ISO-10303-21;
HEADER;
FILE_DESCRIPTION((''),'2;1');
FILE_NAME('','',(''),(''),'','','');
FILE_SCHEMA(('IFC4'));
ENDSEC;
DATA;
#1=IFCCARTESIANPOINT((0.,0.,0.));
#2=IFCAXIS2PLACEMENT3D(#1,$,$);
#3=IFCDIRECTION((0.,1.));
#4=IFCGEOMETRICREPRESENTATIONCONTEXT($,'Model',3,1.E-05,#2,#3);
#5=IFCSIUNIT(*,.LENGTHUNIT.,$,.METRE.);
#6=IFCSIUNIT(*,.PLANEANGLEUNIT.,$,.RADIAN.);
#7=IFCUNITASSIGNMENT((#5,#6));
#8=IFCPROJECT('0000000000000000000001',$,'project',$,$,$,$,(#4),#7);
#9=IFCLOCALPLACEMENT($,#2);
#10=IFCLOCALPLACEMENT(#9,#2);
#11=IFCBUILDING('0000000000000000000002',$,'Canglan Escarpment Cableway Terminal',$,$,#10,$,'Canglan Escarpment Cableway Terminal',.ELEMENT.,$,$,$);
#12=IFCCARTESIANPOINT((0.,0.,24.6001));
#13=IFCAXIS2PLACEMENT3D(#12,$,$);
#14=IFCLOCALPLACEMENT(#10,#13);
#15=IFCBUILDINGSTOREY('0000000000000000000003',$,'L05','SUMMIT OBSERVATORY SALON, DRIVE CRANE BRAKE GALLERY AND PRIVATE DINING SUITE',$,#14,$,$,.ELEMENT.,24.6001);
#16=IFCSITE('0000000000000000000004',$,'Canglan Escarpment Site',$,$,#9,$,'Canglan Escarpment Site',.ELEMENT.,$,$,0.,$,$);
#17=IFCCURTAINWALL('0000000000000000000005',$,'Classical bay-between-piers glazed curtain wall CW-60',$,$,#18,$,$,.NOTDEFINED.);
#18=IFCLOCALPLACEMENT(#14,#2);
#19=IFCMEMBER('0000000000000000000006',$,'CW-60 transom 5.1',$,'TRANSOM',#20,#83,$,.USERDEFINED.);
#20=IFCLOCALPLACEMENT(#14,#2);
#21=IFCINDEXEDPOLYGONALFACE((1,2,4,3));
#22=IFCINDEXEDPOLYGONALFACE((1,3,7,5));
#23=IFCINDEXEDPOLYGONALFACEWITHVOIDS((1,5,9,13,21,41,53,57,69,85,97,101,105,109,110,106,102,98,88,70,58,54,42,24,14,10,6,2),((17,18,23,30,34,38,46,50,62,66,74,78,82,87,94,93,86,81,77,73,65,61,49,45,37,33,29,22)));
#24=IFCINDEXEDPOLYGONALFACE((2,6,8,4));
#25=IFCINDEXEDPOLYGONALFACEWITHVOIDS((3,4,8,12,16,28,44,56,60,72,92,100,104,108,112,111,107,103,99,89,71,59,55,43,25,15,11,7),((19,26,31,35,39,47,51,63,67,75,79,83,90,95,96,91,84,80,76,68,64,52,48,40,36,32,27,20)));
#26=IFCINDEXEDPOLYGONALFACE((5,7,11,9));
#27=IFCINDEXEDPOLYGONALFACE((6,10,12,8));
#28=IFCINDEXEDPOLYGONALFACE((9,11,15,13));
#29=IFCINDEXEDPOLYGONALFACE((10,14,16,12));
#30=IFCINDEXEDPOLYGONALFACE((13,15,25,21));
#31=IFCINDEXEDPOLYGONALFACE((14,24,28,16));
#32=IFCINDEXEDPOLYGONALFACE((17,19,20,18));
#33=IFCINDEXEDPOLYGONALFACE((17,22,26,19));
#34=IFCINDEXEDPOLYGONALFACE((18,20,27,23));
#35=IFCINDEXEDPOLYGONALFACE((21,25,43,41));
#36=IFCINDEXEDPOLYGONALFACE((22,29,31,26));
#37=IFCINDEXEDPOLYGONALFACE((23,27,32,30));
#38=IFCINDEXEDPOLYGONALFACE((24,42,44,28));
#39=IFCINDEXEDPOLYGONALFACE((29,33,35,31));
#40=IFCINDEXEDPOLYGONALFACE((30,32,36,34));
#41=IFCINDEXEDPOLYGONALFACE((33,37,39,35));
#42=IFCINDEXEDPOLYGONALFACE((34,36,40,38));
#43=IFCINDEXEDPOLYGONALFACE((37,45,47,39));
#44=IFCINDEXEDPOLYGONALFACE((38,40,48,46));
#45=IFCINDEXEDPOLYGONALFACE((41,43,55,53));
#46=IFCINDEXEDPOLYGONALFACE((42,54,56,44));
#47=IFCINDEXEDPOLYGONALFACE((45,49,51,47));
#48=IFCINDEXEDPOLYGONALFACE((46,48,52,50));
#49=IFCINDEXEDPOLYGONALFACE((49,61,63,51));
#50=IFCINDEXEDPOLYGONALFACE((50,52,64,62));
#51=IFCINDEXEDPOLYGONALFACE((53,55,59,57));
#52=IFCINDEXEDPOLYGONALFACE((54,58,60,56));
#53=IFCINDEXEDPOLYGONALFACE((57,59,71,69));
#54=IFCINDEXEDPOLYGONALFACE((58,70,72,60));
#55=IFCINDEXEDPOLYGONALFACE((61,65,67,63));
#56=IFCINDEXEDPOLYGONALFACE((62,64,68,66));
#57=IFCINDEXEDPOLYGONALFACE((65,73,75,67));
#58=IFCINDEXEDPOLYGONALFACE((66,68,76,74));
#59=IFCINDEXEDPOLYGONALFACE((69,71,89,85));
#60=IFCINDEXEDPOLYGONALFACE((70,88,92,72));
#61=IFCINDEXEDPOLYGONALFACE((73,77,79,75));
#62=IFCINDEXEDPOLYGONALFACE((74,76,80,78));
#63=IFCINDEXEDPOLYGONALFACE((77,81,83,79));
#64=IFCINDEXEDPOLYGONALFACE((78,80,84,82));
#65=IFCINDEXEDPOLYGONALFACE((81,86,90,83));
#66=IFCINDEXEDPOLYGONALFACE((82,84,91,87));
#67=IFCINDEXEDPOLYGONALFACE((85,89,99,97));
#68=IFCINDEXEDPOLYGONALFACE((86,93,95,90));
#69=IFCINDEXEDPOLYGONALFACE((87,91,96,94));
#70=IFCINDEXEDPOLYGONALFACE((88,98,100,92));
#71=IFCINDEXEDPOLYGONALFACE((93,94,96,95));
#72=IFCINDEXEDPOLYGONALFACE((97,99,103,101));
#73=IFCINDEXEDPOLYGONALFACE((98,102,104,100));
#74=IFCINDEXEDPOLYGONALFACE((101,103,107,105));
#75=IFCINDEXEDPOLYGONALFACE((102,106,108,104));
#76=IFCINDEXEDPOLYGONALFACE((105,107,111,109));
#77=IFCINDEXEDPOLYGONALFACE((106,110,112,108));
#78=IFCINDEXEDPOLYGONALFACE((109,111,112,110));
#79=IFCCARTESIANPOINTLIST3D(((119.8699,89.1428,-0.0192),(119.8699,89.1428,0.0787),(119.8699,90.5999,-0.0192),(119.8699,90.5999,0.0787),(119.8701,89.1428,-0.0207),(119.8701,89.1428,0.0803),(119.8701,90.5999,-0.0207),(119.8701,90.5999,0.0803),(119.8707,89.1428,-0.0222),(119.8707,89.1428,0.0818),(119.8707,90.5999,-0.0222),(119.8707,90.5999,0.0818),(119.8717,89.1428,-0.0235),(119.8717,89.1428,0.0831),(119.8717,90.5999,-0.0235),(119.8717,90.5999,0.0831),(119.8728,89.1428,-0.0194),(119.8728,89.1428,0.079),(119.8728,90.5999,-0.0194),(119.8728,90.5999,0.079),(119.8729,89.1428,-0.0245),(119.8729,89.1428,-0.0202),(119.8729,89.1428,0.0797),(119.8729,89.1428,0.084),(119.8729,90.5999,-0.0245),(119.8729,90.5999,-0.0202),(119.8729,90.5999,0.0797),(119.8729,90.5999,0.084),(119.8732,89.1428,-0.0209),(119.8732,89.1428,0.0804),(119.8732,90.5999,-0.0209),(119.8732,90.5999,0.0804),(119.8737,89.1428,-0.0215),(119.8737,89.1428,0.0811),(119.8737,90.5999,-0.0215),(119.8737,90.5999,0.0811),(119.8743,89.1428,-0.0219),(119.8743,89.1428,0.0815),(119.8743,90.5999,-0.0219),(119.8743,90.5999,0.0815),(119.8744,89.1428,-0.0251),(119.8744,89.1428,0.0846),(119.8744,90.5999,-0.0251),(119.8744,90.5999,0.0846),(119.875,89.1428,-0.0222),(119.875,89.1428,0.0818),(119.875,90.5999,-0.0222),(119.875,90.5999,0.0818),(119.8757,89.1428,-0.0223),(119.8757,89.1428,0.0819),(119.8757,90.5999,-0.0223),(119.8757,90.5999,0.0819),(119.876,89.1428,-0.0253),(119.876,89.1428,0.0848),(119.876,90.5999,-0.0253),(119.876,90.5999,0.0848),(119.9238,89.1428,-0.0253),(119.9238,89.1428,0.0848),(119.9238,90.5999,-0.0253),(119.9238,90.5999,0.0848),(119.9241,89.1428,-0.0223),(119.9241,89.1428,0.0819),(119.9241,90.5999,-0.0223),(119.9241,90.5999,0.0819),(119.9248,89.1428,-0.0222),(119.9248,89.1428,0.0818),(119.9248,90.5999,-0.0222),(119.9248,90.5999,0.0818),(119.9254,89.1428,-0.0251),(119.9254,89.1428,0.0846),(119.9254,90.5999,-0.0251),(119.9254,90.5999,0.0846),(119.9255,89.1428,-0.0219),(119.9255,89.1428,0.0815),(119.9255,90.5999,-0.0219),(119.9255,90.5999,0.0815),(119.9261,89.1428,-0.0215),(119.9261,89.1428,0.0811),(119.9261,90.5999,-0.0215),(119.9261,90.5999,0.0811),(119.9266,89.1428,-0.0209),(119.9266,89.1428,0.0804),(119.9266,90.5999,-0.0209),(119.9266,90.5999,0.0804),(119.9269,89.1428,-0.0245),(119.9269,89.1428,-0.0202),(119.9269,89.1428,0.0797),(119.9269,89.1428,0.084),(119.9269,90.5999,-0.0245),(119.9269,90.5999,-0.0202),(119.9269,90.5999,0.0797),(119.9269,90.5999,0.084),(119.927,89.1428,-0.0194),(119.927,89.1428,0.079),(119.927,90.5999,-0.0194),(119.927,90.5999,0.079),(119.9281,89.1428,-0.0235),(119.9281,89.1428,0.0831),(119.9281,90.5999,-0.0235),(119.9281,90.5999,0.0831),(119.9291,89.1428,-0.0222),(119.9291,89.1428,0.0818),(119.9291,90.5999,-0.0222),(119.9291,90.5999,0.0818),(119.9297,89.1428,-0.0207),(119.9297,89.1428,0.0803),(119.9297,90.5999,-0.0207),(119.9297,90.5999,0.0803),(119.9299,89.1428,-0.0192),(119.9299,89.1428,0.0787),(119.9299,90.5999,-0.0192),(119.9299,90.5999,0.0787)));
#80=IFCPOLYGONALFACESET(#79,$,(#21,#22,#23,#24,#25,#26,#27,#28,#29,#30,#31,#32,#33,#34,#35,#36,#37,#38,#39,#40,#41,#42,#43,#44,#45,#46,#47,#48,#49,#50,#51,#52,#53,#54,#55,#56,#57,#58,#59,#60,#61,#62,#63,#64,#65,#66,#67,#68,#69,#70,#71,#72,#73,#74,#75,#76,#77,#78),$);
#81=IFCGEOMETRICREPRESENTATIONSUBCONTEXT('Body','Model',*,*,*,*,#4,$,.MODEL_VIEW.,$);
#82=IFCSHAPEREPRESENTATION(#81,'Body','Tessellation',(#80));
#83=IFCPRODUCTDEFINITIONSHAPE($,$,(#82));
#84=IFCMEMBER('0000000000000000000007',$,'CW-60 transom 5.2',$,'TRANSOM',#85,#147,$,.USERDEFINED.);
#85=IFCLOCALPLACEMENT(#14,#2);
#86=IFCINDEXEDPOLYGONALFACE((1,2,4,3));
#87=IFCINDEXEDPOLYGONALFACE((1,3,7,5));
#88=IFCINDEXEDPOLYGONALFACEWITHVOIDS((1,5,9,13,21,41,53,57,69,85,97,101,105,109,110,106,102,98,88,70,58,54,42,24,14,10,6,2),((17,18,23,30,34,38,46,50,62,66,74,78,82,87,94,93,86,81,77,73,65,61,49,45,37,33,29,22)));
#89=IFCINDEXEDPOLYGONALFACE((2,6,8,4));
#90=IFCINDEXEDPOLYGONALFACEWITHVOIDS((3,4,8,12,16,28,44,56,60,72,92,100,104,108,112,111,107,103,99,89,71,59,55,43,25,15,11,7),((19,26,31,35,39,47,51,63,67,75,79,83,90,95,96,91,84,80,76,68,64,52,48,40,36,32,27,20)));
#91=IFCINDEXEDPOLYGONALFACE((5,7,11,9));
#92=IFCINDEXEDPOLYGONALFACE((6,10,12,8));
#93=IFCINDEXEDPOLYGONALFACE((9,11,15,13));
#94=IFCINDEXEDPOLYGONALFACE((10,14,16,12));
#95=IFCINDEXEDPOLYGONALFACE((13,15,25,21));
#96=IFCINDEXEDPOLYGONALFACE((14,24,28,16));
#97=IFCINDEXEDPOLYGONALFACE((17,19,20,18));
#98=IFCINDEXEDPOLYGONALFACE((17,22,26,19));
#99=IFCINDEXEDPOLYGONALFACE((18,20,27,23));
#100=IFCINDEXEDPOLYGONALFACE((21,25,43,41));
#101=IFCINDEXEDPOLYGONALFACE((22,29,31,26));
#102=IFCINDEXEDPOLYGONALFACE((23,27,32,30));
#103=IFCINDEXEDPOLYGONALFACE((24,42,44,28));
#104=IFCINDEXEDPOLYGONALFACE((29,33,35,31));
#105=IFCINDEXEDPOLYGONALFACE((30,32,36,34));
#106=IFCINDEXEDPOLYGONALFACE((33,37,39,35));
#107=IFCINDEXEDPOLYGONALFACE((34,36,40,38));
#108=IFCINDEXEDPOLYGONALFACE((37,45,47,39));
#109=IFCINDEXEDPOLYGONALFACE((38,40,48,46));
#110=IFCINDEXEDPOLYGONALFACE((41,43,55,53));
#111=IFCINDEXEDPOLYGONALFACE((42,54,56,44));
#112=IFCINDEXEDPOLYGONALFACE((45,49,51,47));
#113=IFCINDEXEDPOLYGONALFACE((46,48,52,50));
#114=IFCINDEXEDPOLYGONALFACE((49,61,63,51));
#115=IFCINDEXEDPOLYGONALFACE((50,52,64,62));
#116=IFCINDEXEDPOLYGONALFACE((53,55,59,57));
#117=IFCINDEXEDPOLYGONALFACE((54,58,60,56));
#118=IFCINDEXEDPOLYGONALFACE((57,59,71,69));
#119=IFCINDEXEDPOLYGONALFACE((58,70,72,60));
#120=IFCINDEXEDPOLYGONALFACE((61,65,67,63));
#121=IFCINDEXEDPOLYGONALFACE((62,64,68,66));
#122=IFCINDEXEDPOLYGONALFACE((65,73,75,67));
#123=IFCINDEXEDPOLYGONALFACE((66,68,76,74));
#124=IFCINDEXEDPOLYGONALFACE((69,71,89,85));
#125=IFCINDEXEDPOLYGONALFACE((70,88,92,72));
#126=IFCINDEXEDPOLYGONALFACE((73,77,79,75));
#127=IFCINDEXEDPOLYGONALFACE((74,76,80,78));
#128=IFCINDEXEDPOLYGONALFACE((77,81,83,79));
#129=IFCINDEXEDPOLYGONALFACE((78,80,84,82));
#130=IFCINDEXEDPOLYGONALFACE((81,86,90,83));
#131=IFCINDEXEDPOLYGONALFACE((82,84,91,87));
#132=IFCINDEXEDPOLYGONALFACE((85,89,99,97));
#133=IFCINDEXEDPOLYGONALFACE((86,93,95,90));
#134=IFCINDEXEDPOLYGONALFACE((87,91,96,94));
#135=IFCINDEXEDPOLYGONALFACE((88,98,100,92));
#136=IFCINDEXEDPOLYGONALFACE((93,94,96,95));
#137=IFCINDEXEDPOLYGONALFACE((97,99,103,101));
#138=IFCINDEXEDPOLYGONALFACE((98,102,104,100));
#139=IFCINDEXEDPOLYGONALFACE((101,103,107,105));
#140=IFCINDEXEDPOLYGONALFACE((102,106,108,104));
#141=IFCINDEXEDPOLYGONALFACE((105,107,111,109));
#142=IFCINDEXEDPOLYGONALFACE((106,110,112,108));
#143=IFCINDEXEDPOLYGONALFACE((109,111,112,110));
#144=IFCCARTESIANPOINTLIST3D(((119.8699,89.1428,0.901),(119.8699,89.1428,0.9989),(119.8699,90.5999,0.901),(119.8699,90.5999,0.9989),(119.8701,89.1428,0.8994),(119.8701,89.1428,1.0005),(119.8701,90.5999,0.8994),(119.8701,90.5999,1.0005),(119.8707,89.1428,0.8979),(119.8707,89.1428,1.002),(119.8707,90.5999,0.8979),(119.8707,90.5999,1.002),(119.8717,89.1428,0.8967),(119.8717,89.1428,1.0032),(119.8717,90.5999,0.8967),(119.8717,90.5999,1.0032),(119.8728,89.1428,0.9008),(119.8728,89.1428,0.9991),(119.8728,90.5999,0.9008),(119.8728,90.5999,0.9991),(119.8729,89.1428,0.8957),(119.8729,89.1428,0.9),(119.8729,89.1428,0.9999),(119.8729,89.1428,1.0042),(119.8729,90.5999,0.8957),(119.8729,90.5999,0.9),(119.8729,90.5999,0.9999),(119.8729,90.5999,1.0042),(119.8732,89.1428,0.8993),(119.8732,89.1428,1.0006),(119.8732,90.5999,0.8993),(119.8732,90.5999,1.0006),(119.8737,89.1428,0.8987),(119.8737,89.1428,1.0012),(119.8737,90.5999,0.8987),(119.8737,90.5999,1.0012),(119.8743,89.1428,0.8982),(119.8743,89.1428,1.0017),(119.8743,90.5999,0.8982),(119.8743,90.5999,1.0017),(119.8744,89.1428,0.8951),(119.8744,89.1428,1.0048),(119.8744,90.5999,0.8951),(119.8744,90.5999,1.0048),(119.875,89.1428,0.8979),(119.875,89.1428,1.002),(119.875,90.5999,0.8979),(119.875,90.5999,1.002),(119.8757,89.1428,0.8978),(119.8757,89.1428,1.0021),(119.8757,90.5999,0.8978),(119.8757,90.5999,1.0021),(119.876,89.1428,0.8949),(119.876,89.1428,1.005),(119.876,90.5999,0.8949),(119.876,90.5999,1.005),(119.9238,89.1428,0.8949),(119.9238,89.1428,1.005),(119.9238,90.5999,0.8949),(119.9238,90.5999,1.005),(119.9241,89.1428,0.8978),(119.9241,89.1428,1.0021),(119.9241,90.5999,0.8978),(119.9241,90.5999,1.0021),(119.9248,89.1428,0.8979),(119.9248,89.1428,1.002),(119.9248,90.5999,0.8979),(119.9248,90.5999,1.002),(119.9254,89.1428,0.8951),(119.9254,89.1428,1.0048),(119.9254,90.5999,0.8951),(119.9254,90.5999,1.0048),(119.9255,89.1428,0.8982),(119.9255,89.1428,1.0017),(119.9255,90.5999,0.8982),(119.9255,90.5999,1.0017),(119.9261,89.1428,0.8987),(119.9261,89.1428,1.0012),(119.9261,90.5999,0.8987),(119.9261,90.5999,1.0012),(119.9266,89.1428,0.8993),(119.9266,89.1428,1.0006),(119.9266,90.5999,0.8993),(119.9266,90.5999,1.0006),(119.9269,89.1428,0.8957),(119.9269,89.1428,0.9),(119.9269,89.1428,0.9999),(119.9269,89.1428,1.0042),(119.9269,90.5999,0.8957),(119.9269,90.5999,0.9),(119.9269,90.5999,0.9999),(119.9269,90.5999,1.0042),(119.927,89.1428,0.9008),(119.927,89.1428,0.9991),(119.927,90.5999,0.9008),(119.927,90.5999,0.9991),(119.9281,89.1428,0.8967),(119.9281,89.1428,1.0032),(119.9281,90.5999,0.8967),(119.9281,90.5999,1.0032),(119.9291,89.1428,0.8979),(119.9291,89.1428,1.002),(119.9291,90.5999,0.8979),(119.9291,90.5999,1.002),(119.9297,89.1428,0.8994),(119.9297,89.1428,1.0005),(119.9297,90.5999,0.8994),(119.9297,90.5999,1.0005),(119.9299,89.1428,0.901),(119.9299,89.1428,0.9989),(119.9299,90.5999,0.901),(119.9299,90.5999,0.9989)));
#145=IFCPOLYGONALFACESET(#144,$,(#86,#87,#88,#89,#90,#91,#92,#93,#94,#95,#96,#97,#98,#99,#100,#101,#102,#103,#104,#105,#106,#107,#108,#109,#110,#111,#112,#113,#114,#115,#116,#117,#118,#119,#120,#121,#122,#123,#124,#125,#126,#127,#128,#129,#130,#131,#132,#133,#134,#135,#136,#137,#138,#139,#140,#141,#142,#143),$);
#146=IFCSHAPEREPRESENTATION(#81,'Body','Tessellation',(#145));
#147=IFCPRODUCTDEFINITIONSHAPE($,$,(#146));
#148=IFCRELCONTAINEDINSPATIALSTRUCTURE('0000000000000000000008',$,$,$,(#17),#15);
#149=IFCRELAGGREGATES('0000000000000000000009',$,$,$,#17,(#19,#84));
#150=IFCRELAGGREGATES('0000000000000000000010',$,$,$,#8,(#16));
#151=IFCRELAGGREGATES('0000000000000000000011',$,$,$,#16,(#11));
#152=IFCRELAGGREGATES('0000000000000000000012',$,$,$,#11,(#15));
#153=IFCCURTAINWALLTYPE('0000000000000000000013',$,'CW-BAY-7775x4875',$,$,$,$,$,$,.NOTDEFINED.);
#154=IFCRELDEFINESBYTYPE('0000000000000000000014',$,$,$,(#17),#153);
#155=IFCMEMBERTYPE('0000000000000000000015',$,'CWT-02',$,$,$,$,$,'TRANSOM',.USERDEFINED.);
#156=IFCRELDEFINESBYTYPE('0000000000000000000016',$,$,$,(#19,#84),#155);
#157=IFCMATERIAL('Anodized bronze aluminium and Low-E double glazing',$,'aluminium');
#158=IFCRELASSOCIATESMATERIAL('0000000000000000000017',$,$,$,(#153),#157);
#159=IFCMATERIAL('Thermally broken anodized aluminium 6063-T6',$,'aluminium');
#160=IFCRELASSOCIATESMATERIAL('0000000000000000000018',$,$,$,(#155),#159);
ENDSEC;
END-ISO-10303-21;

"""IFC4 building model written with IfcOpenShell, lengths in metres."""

from ifc_helpers import new_model, si_unit, direction, frame, origin, origin_2d, place, context, subcontext, project, spatial, hollow_rectangle, extrude, material, material_profile, profile_set, type_object, element, aggregate, save


model = new_model("IFC4")

# Units and contexts
model_context = context("Model", 3, precision=1e-05, world=origin(), true_north=direction((0.0, 1.0)))
body_context = subcontext(model_context, "Body", "Model", "MODEL_VIEW")
ifc_project = project(units=[si_unit("LENGTHUNIT", "METRE"), si_unit("PLANEANGLEUNIT", "RADIAN")], contexts=[model_context])

# Site, building, storey
site_placement = place(None, origin())
site = spatial("IfcSite", under=ifc_project, at=site_placement, Name="Canglan Escarpment Site", LongName="Canglan Escarpment Site", CompositionType="ELEMENT", RefElevation=0.0)
building_placement = place(site_placement, origin())
building = spatial("IfcBuilding", under=site, at=building_placement, Name="Canglan Escarpment Cableway Terminal", LongName="Canglan Escarpment Cableway Terminal", CompositionType="ELEMENT")
storey_placement = place(building_placement, frame((0.0, 0.0, 24.6001)))
storey = spatial("IfcBuildingStorey", under=building, at=storey_placement, Name="L05", Description="SUMMIT OBSERVATORY SALON, DRIVE CRANE BRAKE GALLERY AND PRIVATE DINING SUITE", CompositionType="ELEMENT", Elevation=24.6001)

# Shared definitions
ifc_material_1 = material(Name="Anodized bronze aluminium and Low-E double glazing", Category="aluminium")
ifc_material_2 = material(Name="Thermally broken anodized aluminium 6063-T6", Category="aluminium")

# Curtain wall, members
curtain_wall_type_1 = type_object("IfcCurtainWallType", Name="CW-BAY-7775x4875", PredefinedType="NOTDEFINED", material=ifc_material_1)
curtain_wall_1_placement = place(storey_placement, origin())
curtain_wall_1 = element("IfcCurtainWall", 1, at=curtain_wall_1_placement, inside=storey, type_object=curtain_wall_type_1, Name="Classical bay-between-piers glazed curtain wall CW-60", PredefinedType="NOTDEFINED")
ifc_material_profile_1 = material_profile(ifc_material_2, hollow_rectangle(XDim=0.0601, YDim=0.1101, WallThickness=0.0029, InnerFilletRadius=0.0029, OuterFilletRadius=0.0061, at=origin_2d()), Name="ALU-TRAN 60x110x3")
ifc_profile_set_1 = profile_set([ifc_material_profile_1], Name="Thermally broken anodized aluminium 6063-T6")
member_type_1 = type_object("IfcMemberType", Name="CWT-02", ElementType="TRANSOM", PredefinedType="USERDEFINED", material=ifc_profile_set_1)
member_1_placement = place(storey_placement, frame((119.8999, 90.5999, 0.0298), z_axis=(0.0, -1.0, 0.0), x_axis=(1.0, 0.0, 0.0)))
member_1 = element("IfcMember", 2, at=member_1_placement, type_object=member_type_1, Name="CW-60 transom 5.1", ObjectType="TRANSOM", PredefinedType="USERDEFINED", context=body_context, shape_type="SweptSolid", body=[
    extrude(hollow_rectangle(XDim=0.0601, YDim=0.1101, WallThickness=0.0029, InnerFilletRadius=0.0029, OuterFilletRadius=0.0061, at=origin_2d()), origin(), (0.0, 0.0, 1.0), 1.457),
])
member_2_placement = place(storey_placement, frame((119.8999, 90.5999, 0.95), z_axis=(0.0, -1.0, 0.0), x_axis=(1.0, 0.0, 0.0)))
member_2 = element("IfcMember", 3, at=member_2_placement, type_object=member_type_1, Name="CW-60 transom 5.2", ObjectType="TRANSOM", PredefinedType="USERDEFINED", context=body_context, shape_type="SweptSolid", body=[
    extrude(hollow_rectangle(XDim=0.0601, YDim=0.1101, WallThickness=0.0029, InnerFilletRadius=0.0029, OuterFilletRadius=0.0061, at=origin_2d()), origin(), (0.0, 0.0, 1.0), 1.457),
])
aggregate(curtain_wall_1, [member_1, member_2])

save(model, "model.ifc")
